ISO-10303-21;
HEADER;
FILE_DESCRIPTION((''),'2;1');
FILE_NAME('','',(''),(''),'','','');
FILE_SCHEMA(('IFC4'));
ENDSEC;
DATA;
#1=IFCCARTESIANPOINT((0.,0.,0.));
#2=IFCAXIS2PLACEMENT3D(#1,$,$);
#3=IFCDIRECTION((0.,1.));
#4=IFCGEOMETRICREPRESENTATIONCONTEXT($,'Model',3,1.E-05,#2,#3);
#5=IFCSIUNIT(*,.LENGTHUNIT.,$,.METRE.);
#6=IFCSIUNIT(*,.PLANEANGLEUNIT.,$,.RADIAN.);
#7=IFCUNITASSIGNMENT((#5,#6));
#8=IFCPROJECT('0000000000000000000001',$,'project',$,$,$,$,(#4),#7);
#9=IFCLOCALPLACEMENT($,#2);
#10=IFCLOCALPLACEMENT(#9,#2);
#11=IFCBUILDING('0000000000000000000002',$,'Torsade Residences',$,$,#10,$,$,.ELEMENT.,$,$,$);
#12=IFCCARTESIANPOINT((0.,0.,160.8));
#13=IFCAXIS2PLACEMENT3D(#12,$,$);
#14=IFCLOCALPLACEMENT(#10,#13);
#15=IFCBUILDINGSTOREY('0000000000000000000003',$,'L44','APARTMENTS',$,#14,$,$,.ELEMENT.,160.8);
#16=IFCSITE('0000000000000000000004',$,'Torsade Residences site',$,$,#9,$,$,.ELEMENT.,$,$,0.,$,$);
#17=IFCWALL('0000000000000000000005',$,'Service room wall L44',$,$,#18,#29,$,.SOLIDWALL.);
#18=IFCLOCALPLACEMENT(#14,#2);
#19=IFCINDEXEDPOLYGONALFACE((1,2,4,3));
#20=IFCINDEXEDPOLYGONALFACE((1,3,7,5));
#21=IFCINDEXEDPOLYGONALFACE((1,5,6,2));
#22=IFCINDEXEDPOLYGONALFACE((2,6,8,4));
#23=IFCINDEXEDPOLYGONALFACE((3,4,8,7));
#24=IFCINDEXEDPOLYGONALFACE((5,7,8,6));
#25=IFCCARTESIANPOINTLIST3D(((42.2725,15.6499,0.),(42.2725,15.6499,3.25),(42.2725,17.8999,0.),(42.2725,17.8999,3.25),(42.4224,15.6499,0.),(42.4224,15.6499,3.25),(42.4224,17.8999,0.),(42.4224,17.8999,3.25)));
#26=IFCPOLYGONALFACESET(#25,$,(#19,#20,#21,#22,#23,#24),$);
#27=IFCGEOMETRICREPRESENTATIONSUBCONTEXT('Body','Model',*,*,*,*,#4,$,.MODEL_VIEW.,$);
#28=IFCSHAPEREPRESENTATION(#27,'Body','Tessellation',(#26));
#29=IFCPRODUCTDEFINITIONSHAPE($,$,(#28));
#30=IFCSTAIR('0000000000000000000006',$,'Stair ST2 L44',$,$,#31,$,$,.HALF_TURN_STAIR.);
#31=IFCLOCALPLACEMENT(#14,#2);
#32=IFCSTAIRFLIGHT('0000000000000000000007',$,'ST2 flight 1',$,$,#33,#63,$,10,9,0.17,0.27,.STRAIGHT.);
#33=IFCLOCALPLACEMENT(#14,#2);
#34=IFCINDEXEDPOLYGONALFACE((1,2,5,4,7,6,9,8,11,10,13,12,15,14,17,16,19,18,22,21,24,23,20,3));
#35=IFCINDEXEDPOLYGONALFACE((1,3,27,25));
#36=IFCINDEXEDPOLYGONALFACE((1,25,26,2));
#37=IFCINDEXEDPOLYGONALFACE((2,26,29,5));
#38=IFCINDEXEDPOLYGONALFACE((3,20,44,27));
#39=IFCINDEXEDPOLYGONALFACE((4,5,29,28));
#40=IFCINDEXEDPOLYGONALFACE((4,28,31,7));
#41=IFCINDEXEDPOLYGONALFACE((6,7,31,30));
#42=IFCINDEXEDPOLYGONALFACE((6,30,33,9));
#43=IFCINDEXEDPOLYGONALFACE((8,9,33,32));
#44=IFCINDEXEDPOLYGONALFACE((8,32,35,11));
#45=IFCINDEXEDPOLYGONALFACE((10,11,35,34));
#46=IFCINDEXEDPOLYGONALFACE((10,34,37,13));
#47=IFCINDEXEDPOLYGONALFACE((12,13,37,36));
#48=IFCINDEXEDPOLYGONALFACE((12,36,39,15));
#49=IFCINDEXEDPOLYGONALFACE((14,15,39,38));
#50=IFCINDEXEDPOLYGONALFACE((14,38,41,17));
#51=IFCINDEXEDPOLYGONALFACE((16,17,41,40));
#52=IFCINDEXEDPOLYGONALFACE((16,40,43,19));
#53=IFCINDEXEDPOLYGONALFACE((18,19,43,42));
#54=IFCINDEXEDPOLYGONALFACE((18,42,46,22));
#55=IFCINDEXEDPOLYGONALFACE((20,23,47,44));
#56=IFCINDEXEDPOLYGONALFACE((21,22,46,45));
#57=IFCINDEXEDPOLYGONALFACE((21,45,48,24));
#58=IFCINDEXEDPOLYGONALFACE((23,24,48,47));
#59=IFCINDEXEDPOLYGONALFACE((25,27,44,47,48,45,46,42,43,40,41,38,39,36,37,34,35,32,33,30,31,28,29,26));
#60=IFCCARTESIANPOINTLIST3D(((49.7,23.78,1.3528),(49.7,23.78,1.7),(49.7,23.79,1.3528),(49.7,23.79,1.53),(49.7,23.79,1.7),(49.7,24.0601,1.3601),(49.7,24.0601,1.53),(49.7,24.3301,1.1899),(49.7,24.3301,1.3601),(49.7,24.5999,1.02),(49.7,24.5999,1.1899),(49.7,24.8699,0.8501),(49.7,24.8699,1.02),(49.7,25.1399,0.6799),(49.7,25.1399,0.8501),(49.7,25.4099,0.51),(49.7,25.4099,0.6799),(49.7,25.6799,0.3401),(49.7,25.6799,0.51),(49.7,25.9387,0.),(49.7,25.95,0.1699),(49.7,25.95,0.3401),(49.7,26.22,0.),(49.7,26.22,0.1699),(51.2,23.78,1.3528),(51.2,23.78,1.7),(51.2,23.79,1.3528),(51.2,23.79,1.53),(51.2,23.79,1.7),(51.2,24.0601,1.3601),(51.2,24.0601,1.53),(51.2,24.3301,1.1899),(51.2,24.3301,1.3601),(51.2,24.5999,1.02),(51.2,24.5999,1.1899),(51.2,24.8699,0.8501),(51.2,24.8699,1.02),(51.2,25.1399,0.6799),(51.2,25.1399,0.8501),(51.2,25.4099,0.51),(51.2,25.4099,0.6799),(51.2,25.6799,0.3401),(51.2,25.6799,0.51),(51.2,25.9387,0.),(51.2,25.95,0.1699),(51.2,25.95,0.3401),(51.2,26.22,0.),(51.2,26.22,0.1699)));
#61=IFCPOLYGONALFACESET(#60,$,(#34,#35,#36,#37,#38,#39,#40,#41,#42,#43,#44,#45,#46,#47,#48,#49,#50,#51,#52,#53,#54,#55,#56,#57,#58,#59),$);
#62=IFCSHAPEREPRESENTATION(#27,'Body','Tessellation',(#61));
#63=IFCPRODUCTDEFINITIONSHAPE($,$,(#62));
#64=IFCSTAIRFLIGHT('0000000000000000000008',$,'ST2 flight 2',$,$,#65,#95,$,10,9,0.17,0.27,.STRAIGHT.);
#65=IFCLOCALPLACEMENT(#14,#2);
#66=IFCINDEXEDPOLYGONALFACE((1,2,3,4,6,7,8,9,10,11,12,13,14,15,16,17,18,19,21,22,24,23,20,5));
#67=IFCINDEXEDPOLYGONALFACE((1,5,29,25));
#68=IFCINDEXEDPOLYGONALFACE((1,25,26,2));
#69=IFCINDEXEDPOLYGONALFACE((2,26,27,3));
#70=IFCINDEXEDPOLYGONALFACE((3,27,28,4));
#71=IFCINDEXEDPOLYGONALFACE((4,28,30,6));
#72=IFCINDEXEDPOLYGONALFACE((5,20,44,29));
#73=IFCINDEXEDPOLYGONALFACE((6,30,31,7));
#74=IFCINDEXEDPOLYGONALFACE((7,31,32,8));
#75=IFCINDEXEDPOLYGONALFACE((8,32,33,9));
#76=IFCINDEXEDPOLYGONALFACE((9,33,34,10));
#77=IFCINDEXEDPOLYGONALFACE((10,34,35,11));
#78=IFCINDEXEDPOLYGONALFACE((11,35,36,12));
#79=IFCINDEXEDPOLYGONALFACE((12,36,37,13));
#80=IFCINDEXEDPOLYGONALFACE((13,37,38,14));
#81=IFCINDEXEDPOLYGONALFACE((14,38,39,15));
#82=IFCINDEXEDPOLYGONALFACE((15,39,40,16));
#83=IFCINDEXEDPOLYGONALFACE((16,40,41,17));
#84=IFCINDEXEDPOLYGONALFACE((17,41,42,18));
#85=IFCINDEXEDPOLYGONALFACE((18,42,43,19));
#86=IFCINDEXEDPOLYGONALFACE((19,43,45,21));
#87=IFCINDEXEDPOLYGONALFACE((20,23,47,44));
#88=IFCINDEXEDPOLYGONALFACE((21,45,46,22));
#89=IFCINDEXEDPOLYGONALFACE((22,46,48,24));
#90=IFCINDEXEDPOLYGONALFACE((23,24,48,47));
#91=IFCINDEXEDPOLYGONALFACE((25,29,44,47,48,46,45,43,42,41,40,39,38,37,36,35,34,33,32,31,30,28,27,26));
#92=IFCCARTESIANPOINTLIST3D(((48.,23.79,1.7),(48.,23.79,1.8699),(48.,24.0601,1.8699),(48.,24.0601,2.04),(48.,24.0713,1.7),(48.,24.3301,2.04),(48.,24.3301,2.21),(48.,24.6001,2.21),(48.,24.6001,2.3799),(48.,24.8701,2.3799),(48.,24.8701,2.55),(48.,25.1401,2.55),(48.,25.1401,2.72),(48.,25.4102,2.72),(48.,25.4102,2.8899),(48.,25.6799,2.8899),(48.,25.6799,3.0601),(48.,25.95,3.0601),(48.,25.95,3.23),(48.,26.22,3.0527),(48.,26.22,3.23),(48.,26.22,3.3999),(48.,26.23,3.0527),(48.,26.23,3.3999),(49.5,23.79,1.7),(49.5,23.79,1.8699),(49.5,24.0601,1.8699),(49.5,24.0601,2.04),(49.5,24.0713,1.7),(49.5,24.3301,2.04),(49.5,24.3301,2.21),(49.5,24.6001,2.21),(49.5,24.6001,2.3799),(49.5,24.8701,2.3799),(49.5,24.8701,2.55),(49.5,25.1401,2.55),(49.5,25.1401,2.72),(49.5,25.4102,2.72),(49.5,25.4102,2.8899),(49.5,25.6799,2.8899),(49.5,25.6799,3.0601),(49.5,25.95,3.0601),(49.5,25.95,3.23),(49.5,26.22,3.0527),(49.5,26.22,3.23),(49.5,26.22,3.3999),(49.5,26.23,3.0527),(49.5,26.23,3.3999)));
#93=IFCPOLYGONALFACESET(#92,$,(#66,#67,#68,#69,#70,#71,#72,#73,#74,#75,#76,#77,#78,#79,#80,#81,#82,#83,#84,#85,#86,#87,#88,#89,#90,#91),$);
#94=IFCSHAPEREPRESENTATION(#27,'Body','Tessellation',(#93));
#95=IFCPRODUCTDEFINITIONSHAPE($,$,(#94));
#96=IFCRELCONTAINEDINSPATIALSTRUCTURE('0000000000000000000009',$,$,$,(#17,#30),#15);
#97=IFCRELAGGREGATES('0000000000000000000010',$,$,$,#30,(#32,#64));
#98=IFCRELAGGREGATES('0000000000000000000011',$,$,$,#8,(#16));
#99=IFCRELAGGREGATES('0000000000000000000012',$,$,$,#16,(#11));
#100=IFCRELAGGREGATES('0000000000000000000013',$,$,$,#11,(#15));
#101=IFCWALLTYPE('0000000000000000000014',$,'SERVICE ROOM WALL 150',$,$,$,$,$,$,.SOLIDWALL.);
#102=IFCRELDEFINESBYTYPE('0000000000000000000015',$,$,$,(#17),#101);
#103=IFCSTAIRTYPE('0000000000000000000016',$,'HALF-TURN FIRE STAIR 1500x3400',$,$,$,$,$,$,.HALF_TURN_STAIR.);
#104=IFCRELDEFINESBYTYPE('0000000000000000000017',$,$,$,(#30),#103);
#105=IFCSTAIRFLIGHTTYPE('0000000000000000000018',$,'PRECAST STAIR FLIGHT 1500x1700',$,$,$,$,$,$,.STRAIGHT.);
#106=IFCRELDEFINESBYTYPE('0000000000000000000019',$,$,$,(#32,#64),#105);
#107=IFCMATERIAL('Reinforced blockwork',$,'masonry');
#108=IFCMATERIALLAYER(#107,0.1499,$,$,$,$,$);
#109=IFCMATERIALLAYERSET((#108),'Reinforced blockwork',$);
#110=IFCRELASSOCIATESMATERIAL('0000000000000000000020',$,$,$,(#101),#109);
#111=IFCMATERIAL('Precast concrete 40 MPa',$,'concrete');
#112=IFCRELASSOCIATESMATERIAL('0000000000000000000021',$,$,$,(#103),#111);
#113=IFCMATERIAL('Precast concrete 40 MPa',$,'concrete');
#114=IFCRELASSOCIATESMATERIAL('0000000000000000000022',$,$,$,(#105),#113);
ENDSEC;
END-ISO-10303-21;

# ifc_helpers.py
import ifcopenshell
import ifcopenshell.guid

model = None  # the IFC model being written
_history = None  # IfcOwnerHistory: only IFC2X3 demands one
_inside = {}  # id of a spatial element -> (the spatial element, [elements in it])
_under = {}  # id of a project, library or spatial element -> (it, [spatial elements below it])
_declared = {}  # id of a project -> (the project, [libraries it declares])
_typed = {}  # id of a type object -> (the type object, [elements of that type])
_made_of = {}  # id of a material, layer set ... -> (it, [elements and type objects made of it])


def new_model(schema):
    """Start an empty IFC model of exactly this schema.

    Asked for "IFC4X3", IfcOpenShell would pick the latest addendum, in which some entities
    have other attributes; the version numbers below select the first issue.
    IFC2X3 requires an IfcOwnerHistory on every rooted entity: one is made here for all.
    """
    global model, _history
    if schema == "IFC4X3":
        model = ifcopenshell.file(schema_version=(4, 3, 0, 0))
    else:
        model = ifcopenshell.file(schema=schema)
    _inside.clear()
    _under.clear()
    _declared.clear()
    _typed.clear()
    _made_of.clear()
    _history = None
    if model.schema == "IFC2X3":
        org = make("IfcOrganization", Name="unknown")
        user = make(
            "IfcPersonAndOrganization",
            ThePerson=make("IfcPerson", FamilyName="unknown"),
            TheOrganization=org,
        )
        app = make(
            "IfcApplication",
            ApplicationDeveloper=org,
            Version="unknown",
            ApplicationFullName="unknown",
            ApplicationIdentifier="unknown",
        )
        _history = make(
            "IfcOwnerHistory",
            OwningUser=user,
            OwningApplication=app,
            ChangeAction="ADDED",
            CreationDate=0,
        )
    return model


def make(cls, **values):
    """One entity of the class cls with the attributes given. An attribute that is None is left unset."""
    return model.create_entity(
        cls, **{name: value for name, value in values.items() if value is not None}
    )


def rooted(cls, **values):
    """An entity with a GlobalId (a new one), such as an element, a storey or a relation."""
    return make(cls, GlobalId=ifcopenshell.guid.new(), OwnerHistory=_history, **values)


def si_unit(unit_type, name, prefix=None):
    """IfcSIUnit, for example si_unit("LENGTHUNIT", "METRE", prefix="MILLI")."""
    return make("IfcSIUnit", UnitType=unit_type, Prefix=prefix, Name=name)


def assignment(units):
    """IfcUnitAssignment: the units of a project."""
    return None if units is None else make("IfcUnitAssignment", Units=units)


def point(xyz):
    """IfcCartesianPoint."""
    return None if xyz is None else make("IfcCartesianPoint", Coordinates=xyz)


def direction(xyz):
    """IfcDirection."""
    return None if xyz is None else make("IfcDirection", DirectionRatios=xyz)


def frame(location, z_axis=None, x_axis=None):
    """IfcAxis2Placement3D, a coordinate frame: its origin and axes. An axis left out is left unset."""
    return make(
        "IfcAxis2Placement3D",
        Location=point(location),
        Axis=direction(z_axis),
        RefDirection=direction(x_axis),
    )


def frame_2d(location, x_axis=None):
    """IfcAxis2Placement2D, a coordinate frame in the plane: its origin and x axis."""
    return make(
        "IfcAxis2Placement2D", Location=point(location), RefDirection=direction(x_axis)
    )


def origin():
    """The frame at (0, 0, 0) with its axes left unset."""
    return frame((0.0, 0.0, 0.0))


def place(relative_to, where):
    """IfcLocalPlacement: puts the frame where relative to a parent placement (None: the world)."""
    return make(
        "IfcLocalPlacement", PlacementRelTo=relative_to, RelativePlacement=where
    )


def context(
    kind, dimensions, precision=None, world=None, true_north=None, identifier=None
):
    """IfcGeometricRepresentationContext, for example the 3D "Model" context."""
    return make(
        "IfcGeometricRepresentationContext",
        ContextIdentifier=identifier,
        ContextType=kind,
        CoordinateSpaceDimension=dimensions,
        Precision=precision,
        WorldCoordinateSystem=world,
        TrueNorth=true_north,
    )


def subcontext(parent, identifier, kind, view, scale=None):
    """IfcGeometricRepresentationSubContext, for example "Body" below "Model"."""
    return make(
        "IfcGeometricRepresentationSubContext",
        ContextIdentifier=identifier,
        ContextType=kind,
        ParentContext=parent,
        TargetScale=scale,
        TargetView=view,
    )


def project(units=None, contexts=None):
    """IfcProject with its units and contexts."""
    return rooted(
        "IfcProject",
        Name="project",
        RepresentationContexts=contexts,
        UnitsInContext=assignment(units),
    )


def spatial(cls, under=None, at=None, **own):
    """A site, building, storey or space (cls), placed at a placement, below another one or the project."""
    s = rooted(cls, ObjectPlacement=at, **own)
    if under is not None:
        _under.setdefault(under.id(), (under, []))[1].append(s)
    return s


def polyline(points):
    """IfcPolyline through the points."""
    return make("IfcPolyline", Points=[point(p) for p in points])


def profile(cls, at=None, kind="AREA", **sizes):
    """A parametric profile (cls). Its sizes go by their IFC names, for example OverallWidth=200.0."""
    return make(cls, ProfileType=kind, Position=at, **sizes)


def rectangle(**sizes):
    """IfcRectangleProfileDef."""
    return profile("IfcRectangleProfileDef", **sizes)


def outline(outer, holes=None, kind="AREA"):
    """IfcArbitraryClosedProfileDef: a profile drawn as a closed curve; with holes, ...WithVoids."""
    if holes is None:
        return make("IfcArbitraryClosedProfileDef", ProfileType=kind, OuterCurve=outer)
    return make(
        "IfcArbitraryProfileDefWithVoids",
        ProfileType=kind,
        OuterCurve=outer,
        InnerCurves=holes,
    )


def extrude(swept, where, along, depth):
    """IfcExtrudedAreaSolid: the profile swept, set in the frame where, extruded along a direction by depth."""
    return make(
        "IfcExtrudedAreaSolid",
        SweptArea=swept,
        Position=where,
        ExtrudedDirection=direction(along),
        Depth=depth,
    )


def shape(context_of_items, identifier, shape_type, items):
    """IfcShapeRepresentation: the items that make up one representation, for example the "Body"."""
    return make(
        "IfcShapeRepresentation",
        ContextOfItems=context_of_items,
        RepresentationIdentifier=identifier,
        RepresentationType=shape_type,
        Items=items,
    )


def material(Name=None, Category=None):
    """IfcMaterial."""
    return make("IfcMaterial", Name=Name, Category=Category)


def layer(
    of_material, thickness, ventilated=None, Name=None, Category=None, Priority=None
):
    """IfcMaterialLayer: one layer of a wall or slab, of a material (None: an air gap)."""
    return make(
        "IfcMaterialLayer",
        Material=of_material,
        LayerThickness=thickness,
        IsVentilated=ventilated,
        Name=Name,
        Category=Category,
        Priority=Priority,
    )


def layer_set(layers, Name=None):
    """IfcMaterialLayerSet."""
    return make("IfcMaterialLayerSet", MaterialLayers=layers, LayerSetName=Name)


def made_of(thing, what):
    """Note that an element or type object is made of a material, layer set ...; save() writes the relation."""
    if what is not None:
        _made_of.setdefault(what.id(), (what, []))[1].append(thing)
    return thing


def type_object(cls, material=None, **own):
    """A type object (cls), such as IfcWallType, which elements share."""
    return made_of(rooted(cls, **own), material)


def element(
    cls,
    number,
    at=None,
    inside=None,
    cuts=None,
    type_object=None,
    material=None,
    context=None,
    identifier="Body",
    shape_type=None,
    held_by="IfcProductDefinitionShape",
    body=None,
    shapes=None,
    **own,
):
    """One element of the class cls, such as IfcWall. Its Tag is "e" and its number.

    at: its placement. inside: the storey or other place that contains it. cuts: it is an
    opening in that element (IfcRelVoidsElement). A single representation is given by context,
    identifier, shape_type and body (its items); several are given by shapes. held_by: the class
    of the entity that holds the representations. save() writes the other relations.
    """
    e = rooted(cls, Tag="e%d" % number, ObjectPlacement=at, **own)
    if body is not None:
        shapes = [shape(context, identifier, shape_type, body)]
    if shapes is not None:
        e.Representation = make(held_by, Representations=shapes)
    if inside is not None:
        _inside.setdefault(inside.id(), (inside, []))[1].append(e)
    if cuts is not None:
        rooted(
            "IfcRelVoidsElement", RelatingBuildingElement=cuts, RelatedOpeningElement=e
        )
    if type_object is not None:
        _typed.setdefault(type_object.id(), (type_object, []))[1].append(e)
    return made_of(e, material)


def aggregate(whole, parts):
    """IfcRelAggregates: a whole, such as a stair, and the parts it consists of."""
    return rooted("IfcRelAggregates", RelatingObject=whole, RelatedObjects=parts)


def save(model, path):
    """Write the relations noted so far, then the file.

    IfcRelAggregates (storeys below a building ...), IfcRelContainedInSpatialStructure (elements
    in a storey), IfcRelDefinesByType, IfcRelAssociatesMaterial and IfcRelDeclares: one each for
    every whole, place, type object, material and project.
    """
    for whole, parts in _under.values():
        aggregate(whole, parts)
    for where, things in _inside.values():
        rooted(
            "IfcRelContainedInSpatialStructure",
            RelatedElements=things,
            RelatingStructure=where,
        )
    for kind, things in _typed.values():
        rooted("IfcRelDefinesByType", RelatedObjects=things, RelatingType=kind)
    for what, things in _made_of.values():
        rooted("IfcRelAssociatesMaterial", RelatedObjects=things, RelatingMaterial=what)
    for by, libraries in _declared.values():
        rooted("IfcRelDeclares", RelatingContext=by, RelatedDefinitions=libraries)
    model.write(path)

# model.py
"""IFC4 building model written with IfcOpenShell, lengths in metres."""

from ifc_helpers import new_model, si_unit, direction, frame, frame_2d, origin, place, context, subcontext, project, spatial, polyline, rectangle, outline, extrude, material, layer, layer_set, type_object, element, aggregate, save


model = new_model("IFC4")

# Units and contexts
model_context = context("Model", 3, precision=1e-05, world=origin(), true_north=direction((0.0, 1.0)))
body_context = subcontext(model_context, "Body", "Model", "MODEL_VIEW")
ifc_project = project(units=[si_unit("LENGTHUNIT", "METRE"), si_unit("PLANEANGLEUNIT", "RADIAN")], contexts=[model_context])

# Site, building, storey
site_placement = place(None, origin())
site = spatial("IfcSite", under=ifc_project, at=site_placement, Name="Torsade Residences site", CompositionType="ELEMENT", RefElevation=0.0)
building_placement = place(site_placement, origin())
building = spatial("IfcBuilding", under=site, at=building_placement, Name="Torsade Residences", CompositionType="ELEMENT")
storey_placement = place(building_placement, frame((0.0, 0.0, 160.8)))
storey = spatial("IfcBuildingStorey", under=building, at=storey_placement, Name="L44", Description="APARTMENTS", CompositionType="ELEMENT", Elevation=160.8)

# Wall
ifc_material_1 = material(Name="Reinforced blockwork", Category="masonry")
ifc_layer_1 = layer(ifc_material_1, 0.1499)
ifc_layer_set_1 = layer_set([ifc_layer_1], Name="Reinforced blockwork")
wall_type_1 = type_object("IfcWallType", Name="SERVICE ROOM WALL 150", PredefinedType="SOLIDWALL", material=ifc_layer_set_1)
wall_1_placement = place(storey_placement, frame((42.3474, 15.6499, 0.0), z_axis=(0.0, 0.0, 1.0), x_axis=(0.0, 1.0, 0.0)))
element("IfcWall", 1, at=wall_1_placement, inside=storey, type_object=wall_type_1, Name="Service room wall L44", PredefinedType="SOLIDWALL", context=body_context, shape_type="SweptSolid", body=[
    extrude(rectangle(XDim=2.25, YDim=0.1499, at=frame_2d((1.125, 0.0))), origin(), (0.0, 0.0, 1.0), 3.25),
])

# Stair, stair flights
ifc_material_2 = material(Name="Precast concrete 40 MPa", Category="concrete")
stair_type = type_object("IfcStairType", Name="HALF-TURN FIRE STAIR 1500x3400", PredefinedType="HALF_TURN_STAIR", material=ifc_material_2)
stair_placement = place(storey_placement, origin())
stair = element("IfcStair", 2, at=stair_placement, inside=storey, type_object=stair_type, Name="Stair ST2 L44", PredefinedType="HALF_TURN_STAIR")
ifc_material_3 = material(Name="Precast concrete 40 MPa", Category="concrete")
stair_flight_type = type_object("IfcStairFlightType", Name="PRECAST STAIR FLIGHT 1500x1700", PredefinedType="STRAIGHT", material=ifc_material_3)
stair_flight_1_placement = place(storey_placement, frame((50.45, 26.22, 0.0), z_axis=(0.0, 0.0, 1.0), x_axis=(0.0, -1.0, 0.0)))
stair_flight_1 = element("IfcStairFlight", 3, at=stair_flight_1_placement, type_object=stair_flight_type, Name="ST2 flight 1", NumberOfRisers=10, NumberOfTreads=9, PredefinedType="STRAIGHT", RiserHeight=0.17, TreadLength=0.27, context=body_context, shape_type="SweptSolid", body=[
    extrude(outline(polyline([(0.0, 0.0), (0.0, 0.1699), (0.27, 0.1699), (0.27, 0.3401), (0.54, 0.3401), (0.54, 0.51), (0.8101, 0.51), (0.8101, 0.6799), (1.0801, 0.6799), (1.0801, 0.8501), (1.3501, 0.8501), (1.3501, 1.02), (1.6201, 1.02), (1.6201, 1.1899), (1.8899, 1.1899), (1.8899, 1.3601), (2.1599, 1.3601), (2.1599, 1.53), (2.4299, 1.53), (2.4299, 1.7), (2.4399, 1.7), (2.4399, 1.3528), (2.4299, 1.3528), (0.2812, 0.0), (0.0, 0.0)])), frame((0.0, 0.75, 0.0), z_axis=(0.0, -1.0, 0.0), x_axis=(1.0, 0.0, 0.0)), (0.0, 0.0, 1.0), 1.5),
])
stair_flight_2_placement = place(storey_placement, frame((48.75, 23.79, 1.7), z_axis=(0.0, 0.0, 1.0), x_axis=(0.0, 1.0, 0.0)))
stair_flight_2 = element("IfcStairFlight", 4, at=stair_flight_2_placement, type_object=stair_flight_type, Name="ST2 flight 2", NumberOfRisers=10, NumberOfTreads=9, PredefinedType="STRAIGHT", RiserHeight=0.17, TreadLength=0.27, context=body_context, shape_type="SweptSolid", body=[
    extrude(outline(polyline([(0.0, 0.0), (0.0, 0.1699), (0.27, 0.1699), (0.27, 0.3401), (0.54, 0.3401), (0.54, 0.51), (0.8101, 0.51), (0.8101, 0.6799), (1.0801, 0.6799), (1.0801, 0.8501), (1.3501, 0.8501), (1.3501, 1.02), (1.6201, 1.02), (1.6201, 1.1899), (1.8899, 1.1899), (1.8899, 1.3601), (2.1599, 1.3601), (2.1599, 1.53), (2.4299, 1.53), (2.4299, 1.7), (2.4399, 1.7), (2.4399, 1.3528), (2.4299, 1.3528), (0.2812, 0.0), (0.0, 0.0)])), frame((0.0, 0.75, 0.0), z_axis=(0.0, -1.0, 0.0), x_axis=(1.0, 0.0, 0.0)), (0.0, 0.0, 1.0), 1.5),
])
aggregate(stair, [stair_flight_1, stair_flight_2])

save(model, "model.ifc")
